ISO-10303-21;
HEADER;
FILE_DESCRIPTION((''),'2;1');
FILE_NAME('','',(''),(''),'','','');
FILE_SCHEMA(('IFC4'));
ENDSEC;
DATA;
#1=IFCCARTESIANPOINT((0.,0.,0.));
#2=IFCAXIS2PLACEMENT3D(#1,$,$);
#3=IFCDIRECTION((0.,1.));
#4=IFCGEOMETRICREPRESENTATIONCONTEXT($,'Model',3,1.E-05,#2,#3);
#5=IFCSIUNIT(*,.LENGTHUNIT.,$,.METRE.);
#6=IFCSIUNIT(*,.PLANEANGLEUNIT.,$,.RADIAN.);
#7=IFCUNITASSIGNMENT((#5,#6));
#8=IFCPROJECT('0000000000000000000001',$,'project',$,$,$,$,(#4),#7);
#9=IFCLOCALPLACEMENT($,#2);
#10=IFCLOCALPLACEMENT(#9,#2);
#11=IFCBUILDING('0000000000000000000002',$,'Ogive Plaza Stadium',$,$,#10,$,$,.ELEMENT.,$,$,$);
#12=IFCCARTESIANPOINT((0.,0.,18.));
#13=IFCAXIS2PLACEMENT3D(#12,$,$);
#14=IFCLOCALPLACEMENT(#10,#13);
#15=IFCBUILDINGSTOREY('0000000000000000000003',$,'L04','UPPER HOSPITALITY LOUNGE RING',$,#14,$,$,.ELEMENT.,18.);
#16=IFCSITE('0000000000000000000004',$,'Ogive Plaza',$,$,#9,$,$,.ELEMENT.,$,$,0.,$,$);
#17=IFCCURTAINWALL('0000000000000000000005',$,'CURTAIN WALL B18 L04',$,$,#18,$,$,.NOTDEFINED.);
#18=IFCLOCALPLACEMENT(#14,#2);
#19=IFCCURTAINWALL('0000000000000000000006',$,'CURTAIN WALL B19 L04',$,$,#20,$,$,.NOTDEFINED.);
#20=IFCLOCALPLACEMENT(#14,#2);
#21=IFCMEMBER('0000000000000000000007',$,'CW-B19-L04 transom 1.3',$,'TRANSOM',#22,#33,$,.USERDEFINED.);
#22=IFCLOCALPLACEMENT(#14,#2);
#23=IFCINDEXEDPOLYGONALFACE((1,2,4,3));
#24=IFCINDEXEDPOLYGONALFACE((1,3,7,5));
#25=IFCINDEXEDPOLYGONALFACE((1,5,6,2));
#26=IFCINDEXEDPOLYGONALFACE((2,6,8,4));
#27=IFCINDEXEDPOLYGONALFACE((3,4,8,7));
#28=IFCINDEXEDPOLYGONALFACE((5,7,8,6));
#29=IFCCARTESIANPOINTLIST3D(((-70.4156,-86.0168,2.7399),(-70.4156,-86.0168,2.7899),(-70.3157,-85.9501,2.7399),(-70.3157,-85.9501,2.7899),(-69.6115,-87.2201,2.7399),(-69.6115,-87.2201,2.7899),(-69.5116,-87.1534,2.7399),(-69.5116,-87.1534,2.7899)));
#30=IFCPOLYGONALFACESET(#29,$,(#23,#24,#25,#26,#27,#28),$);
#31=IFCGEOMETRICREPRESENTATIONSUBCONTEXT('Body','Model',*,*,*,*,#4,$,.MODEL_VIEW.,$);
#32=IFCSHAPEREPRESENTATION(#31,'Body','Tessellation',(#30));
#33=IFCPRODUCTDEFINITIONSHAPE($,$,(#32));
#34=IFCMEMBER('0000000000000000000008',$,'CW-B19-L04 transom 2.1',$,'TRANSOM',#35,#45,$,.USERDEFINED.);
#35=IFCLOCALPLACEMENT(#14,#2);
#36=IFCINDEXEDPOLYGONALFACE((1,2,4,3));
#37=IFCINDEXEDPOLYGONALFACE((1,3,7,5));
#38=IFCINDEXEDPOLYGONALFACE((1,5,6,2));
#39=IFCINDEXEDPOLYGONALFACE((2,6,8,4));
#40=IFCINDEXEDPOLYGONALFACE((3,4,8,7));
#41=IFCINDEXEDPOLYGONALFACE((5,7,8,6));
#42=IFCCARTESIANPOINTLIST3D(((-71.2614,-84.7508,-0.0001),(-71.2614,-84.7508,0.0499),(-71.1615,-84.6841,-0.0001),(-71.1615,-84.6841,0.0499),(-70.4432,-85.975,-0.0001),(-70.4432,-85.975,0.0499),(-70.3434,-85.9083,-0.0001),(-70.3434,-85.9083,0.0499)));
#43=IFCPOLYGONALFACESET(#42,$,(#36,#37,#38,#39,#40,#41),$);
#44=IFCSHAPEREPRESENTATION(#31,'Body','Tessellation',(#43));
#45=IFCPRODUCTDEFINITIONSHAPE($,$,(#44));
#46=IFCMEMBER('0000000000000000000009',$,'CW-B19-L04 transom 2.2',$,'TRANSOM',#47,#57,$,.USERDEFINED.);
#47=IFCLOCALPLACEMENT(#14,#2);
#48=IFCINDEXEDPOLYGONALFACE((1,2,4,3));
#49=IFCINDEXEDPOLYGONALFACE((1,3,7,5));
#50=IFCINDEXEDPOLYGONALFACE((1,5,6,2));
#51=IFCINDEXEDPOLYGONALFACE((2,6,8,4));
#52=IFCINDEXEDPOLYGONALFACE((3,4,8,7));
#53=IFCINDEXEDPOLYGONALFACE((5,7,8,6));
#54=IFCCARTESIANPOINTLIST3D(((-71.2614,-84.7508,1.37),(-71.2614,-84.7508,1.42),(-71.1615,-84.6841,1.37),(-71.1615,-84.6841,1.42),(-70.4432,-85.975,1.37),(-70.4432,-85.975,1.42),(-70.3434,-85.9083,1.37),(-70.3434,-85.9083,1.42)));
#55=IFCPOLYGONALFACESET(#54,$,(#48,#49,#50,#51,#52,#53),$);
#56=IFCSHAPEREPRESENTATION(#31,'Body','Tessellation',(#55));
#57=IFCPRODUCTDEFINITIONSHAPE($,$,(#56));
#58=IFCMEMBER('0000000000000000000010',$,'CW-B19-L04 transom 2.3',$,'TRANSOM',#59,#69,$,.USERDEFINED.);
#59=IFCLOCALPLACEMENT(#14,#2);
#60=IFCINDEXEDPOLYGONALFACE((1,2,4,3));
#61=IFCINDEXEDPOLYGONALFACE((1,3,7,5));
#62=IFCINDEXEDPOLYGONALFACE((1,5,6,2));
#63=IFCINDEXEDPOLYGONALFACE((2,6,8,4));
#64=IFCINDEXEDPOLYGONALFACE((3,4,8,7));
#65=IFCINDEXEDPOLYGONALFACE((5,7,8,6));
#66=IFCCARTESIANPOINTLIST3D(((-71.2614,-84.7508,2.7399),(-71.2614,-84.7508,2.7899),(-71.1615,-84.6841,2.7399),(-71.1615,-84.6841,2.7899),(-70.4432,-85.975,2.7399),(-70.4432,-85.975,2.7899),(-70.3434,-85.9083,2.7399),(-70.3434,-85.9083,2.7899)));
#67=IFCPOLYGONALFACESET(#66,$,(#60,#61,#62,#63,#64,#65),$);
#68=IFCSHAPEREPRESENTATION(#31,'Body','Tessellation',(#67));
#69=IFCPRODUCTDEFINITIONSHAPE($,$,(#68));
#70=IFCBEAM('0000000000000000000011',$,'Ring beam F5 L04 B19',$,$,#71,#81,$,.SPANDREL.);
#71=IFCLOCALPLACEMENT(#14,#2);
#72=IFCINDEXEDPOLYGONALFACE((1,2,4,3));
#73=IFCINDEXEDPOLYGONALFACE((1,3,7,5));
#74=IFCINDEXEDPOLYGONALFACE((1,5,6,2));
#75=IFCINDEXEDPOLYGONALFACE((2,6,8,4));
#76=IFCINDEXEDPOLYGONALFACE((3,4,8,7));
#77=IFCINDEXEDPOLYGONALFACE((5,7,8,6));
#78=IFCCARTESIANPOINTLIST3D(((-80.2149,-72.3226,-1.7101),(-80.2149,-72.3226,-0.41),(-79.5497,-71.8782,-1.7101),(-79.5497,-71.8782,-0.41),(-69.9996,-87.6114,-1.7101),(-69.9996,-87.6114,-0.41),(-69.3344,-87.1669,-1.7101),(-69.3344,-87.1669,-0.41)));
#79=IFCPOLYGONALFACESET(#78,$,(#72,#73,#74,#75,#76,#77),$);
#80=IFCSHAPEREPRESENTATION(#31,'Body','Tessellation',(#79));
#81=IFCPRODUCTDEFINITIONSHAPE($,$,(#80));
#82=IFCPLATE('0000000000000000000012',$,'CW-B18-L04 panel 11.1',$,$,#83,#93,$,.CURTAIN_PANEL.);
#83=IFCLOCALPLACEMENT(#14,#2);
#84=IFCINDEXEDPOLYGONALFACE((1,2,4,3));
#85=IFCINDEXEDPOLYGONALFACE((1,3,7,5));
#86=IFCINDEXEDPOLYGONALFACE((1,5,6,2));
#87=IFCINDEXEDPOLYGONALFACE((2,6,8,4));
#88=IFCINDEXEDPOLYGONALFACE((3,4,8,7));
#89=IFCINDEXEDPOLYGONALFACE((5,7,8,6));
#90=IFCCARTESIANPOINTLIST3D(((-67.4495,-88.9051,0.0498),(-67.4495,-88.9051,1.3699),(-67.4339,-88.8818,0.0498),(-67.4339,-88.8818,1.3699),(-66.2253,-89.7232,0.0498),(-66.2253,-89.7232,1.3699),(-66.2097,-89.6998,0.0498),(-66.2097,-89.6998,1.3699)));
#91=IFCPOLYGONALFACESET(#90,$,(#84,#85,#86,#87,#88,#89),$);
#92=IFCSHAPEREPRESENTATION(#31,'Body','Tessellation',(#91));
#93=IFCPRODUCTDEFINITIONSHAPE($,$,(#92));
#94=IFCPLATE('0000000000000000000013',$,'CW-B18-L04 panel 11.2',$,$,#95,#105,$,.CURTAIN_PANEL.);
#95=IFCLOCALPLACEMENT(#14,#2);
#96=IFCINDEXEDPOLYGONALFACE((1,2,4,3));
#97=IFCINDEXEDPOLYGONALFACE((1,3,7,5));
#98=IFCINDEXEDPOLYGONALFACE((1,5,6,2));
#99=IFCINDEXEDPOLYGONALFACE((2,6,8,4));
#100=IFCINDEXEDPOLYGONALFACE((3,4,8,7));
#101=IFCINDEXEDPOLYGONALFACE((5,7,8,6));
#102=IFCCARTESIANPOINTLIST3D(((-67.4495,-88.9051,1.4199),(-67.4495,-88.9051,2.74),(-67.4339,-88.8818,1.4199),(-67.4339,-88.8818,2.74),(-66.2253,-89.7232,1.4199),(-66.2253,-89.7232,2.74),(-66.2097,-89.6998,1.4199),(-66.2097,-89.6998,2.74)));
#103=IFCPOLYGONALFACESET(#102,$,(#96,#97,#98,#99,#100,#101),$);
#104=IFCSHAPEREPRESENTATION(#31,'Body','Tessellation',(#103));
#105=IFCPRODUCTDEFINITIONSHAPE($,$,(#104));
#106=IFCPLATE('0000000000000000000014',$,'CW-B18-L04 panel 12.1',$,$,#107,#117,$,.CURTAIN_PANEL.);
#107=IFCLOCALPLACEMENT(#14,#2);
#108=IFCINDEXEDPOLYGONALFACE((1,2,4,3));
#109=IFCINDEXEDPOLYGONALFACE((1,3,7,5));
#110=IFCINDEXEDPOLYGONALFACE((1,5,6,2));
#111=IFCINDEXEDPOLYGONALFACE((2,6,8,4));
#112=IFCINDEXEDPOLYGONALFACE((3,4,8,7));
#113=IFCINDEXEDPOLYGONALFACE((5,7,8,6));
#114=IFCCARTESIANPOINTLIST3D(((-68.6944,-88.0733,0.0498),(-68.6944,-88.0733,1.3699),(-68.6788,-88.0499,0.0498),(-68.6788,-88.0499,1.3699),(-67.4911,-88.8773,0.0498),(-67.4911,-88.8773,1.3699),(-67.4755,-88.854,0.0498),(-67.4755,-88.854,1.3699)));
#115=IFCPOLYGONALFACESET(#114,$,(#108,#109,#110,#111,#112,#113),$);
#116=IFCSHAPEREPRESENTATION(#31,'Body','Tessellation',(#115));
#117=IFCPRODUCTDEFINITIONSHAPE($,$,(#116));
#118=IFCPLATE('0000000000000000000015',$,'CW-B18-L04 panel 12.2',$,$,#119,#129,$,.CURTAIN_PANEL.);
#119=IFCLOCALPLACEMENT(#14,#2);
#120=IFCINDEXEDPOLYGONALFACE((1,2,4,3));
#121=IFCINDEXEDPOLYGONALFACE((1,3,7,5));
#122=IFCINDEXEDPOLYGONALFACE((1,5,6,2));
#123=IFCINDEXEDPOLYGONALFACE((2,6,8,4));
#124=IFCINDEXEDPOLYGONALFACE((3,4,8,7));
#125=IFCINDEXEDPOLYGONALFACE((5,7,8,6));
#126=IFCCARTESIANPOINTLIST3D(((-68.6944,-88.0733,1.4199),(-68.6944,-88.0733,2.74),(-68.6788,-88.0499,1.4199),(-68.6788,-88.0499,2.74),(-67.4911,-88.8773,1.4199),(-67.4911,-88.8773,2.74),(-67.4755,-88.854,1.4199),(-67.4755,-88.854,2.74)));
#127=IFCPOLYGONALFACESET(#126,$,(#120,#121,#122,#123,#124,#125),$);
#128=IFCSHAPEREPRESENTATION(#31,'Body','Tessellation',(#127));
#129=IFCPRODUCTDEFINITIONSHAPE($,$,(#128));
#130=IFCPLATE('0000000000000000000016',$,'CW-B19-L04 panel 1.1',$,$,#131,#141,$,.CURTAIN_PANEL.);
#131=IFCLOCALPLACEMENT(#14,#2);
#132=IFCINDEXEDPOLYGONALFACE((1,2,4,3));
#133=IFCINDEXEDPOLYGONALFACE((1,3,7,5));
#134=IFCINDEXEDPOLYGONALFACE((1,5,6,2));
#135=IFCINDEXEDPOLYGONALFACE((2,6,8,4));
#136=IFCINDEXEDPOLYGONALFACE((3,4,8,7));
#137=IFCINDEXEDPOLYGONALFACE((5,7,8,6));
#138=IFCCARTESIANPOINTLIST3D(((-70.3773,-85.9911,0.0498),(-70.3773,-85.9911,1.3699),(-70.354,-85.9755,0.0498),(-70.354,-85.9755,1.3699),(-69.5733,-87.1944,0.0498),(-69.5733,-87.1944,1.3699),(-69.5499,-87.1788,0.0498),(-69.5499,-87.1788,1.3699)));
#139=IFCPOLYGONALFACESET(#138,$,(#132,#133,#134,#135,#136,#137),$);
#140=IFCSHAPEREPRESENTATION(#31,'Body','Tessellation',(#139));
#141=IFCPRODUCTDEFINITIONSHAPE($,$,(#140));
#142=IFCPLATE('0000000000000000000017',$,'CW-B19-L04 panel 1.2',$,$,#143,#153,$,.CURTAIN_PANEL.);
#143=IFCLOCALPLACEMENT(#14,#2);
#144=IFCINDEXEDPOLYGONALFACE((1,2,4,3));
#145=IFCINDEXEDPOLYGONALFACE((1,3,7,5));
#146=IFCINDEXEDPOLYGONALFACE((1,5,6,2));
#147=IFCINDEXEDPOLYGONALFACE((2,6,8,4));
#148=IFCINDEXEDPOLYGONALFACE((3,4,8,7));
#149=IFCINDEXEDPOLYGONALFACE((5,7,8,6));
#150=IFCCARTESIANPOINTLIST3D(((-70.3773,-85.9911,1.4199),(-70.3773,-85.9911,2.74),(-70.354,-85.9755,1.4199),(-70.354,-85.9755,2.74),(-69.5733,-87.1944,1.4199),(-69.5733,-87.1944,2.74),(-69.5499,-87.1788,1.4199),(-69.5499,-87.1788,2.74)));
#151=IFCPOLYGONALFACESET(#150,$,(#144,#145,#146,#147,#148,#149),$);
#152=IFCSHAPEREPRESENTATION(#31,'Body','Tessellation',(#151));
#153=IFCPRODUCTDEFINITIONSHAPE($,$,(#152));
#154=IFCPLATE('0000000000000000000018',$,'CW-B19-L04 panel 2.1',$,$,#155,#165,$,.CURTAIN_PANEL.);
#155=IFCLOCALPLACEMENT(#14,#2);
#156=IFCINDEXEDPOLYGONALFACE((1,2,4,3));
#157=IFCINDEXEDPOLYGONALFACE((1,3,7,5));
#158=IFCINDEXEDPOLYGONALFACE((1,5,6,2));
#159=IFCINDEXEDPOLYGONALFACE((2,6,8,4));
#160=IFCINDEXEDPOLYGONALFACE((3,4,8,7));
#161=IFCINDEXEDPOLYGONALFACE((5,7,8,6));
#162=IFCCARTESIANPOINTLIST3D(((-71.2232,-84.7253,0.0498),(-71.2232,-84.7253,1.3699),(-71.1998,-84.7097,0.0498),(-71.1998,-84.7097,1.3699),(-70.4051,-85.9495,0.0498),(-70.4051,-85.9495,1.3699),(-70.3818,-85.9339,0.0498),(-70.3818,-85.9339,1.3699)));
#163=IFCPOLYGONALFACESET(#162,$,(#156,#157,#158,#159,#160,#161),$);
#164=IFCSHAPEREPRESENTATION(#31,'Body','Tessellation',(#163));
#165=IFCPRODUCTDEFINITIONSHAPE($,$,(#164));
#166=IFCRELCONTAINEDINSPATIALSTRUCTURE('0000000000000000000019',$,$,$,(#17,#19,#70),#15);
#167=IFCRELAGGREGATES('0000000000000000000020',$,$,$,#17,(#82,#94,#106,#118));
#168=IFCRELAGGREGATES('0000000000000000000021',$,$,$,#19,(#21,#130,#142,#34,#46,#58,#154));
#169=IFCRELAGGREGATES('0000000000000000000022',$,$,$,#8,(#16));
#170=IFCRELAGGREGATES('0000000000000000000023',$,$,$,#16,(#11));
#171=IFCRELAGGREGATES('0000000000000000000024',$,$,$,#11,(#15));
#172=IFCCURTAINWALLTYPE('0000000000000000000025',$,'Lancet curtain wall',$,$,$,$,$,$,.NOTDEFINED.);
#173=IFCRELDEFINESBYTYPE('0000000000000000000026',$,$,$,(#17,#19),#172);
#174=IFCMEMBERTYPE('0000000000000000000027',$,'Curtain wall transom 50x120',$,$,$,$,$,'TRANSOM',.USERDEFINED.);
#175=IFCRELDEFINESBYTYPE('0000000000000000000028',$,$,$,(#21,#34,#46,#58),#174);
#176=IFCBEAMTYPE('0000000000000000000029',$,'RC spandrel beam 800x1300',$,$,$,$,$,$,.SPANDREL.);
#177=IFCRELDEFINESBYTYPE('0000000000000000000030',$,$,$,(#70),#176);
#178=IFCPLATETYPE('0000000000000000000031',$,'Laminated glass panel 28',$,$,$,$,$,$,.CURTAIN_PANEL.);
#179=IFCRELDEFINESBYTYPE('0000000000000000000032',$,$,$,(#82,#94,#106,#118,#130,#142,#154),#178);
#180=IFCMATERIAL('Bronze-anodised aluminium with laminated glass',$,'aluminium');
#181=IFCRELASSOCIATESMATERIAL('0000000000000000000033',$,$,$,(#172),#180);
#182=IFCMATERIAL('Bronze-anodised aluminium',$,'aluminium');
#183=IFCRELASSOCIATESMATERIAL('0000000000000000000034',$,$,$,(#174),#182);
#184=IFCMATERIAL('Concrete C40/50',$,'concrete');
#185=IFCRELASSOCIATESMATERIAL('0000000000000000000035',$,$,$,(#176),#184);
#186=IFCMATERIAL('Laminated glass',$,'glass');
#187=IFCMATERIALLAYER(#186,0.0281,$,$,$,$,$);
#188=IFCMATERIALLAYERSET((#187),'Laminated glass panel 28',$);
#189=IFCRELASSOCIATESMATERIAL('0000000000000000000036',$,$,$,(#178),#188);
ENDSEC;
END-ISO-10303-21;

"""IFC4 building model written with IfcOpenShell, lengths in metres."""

from ifc_helpers import new_model, si_unit, direction, frame, origin, origin_2d, place, context, subcontext, project, spatial, rectangle, extrude, material, layer, layer_set, material_profile, profile_set, type_object, element, aggregate, save


model = new_model("IFC4")

# Units and contexts
model_context = context("Model", 3, precision=1e-05, world=origin(), true_north=direction((0.0, 1.0)))
body_context = subcontext(model_context, "Body", "Model", "MODEL_VIEW")
ifc_project = project(units=[si_unit("LENGTHUNIT", "METRE"), si_unit("PLANEANGLEUNIT", "RADIAN")], contexts=[model_context])

# Site, building, storey
site_placement = place(None, origin())
site = spatial("IfcSite", under=ifc_project, at=site_placement, Name="Ogive Plaza", CompositionType="ELEMENT", RefElevation=0.0)
building_placement = place(site_placement, origin())
building = spatial("IfcBuilding", under=site, at=building_placement, Name="Ogive Plaza Stadium", CompositionType="ELEMENT")
storey_placement = place(building_placement, frame((0.0, 0.0, 18.0)))
storey = spatial("IfcBuildingStorey", under=building, at=storey_placement, Name="L04", Description="UPPER HOSPITALITY LOUNGE RING", CompositionType="ELEMENT", Elevation=18.0)

# Curtain walls
ifc_material_1 = material(Name="Bronze-anodised aluminium with laminated glass", Category="aluminium")
curtain_wall_type = type_object("IfcCurtainWallType", Name="Lancet curtain wall", PredefinedType="NOTDEFINED", material=ifc_material_1)
curtain_wall_1_placement = place(storey_placement, origin())
curtain_wall_1 = element("IfcCurtainWall", 1, at=curtain_wall_1_placement, inside=storey, type_object=curtain_wall_type, Name="CURTAIN WALL B18 L04", PredefinedType="NOTDEFINED")
curtain_wall_2_placement = place(storey_placement, origin())
curtain_wall_2 = element("IfcCurtainWall", 2, at=curtain_wall_2_placement, inside=storey, type_object=curtain_wall_type, Name="CURTAIN WALL B19 L04", PredefinedType="NOTDEFINED")

# Members
ifc_material_2 = material(Name="Bronze-anodised aluminium", Category="aluminium")
ifc_material_profile_1 = material_profile(ifc_material_2, rectangle(XDim=0.1201, YDim=0.05, at=origin_2d()), Name="AL 120x50")
ifc_profile_set_1 = profile_set([ifc_material_profile_1], Name="Bronze-anodised aluminium")
member_type_1 = type_object("IfcMemberType", Name="Curtain wall transom 50x120", ElementType="TRANSOM", PredefinedType="USERDEFINED", material=ifc_profile_set_1)
member_1_placement = place(storey_placement, frame((-69.5615, -87.1868, 2.7649), z_axis=(-0.555634, 0.831427, 0.0), x_axis=(-0.831427, -0.555634, 0.0)))
member_1 = element("IfcMember", 3, at=member_1_placement, type_object=member_type_1, Name="CW-B19-L04 transom 1.3", ObjectType="TRANSOM", PredefinedType="USERDEFINED", context=body_context, shape_type="SweptSolid", body=[
    extrude(rectangle(XDim=0.1201, YDim=0.05, at=origin_2d()), origin(), (0.0, 0.0, 1.0), 1.4473),
])
member_2_placement = place(storey_placement, frame((-70.3933, -85.9417, 0.0249), z_axis=(-0.555656, 0.831412, 0.0), x_axis=(-0.831412, -0.555656, 0.0)))
member_2 = element("IfcMember", 4, at=member_2_placement, type_object=member_type_1, Name="CW-B19-L04 transom 2.1", ObjectType="TRANSOM", PredefinedType="USERDEFINED", context=body_context, shape_type="SweptSolid", body=[
    extrude(rectangle(XDim=0.1201, YDim=0.05, at=origin_2d()), origin(), (0.0, 0.0, 1.0), 1.4724),
])
member_3_placement = place(storey_placement, frame((-70.3933, -85.9417, 1.395), z_axis=(-0.555656, 0.831412, 0.0), x_axis=(-0.831412, -0.555656, 0.0)))
member_3 = element("IfcMember", 5, at=member_3_placement, type_object=member_type_1, Name="CW-B19-L04 transom 2.2", ObjectType="TRANSOM", PredefinedType="USERDEFINED", context=body_context, shape_type="SweptSolid", body=[
    extrude(rectangle(XDim=0.1201, YDim=0.05, at=origin_2d()), origin(), (0.0, 0.0, 1.0), 1.4724),
])
member_4_placement = place(storey_placement, frame((-70.3933, -85.9417, 2.7649), z_axis=(-0.555656, 0.831412, 0.0), x_axis=(-0.831412, -0.555656, 0.0)))
member_4 = element("IfcMember", 6, at=member_4_placement, type_object=member_type_1, Name="CW-B19-L04 transom 2.3", ObjectType="TRANSOM", PredefinedType="USERDEFINED", context=body_context, shape_type="SweptSolid", body=[
    extrude(rectangle(XDim=0.1201, YDim=0.05, at=origin_2d()), origin(), (0.0, 0.0, 1.0), 1.4724),
])

# Beam
ifc_material_3 = material(Name="Concrete C40/50", Category="concrete")
ifc_material_profile_2 = material_profile(ifc_material_3, rectangle(XDim=0.8, YDim=1.3, at=origin_2d()), Name="RC 800x1300")
ifc_profile_set_2 = profile_set([ifc_material_profile_2], Name="Concrete C40/50")
beam_type = type_object("IfcBeamType", Name="RC spandrel beam 800x1300", PredefinedType="SPANDREL", material=ifc_profile_set_2)
beam_placement = place(storey_placement, frame((-69.667, -87.3892, -1.0601), z_axis=(-0.555558, 0.831478, 0.0), x_axis=(-0.831478, -0.555558, 0.0)))
element("IfcBeam", 7, at=beam_placement, inside=storey, type_object=beam_type, Name="Ring beam F5 L04 B19", PredefinedType="SPANDREL", context=body_context, shape_type="SweptSolid", body=[
    extrude(rectangle(XDim=0.8, YDim=1.3, at=origin_2d()), origin(), (0.0, 0.0, 1.0), 18.3875),
])

# Plates
ifc_material_4 = material(Name="Laminated glass", Category="glass")
ifc_layer = layer(ifc_material_4, 0.0281)
ifc_layer_set = layer_set([ifc_layer], Name="Laminated glass panel 28")
plate_type = type_object("IfcPlateType", Name="Laminated glass panel 28", PredefinedType="CURTAIN_PANEL", material=ifc_layer_set)
plate_1_placement = place(storey_placement, frame((-66.8296, -89.3025, 0.0498), z_axis=(0.0, 0.0, 1.0), x_axis=(-0.83147, 0.55557, 0.0)))
plate_1 = element("IfcPlate", 8, at=plate_1_placement, type_object=plate_type, Name="CW-B18-L04 panel 11.1", PredefinedType="CURTAIN_PANEL", context=body_context, shape_type="SweptSolid", body=[
    extrude(rectangle(XDim=1.4724, YDim=0.0281, at=origin_2d()), origin(), (0.0, 0.0, 1.0), 1.3201),
])
plate_2_placement = place(storey_placement, frame((-66.8296, -89.3025, 1.4199), z_axis=(0.0, 0.0, 1.0), x_axis=(-0.83147, 0.55557, 0.0)))
plate_2 = element("IfcPlate", 9, at=plate_2_placement, type_object=plate_type, Name="CW-B18-L04 panel 11.2", PredefinedType="CURTAIN_PANEL", context=body_context, shape_type="SweptSolid", body=[
    extrude(rectangle(XDim=1.4724, YDim=0.0281, at=origin_2d()), origin(), (0.0, 0.0, 1.0), 1.3201),
])
plate_3_placement = place(storey_placement, frame((-68.085, -88.4636, 0.0498), z_axis=(0.0, 0.0, 1.0), x_axis=(-0.83147, 0.55557, 0.0)))
plate_3 = element("IfcPlate", 10, at=plate_3_placement, type_object=plate_type, Name="CW-B18-L04 panel 12.1", PredefinedType="CURTAIN_PANEL", context=body_context, shape_type="SweptSolid", body=[
    extrude(rectangle(XDim=1.4473, YDim=0.0281, at=origin_2d()), origin(), (0.0, 0.0, 1.0), 1.3201),
])
plate_4_placement = place(storey_placement, frame((-68.085, -88.4636, 1.4199), z_axis=(0.0, 0.0, 1.0), x_axis=(-0.83147, 0.55557, 0.0)))
plate_4 = element("IfcPlate", 11, at=plate_4_placement, type_object=plate_type, Name="CW-B18-L04 panel 12.2", PredefinedType="CURTAIN_PANEL", context=body_context, shape_type="SweptSolid", body=[
    extrude(rectangle(XDim=1.4473, YDim=0.0281, at=origin_2d()), origin(), (0.0, 0.0, 1.0), 1.3201),
])
aggregate(curtain_wall_1, [plate_1, plate_2, plate_3, plate_4])
plate_5_placement = place(storey_placement, frame((-69.9636, -86.585, 0.0498), z_axis=(0.0, 0.0, 1.0), x_axis=(-0.55557, 0.83147, 0.0)))
plate_5 = element("IfcPlate", 12, at=plate_5_placement, type_object=plate_type, Name="CW-B19-L04 panel 1.1", PredefinedType="CURTAIN_PANEL", context=body_context, shape_type="SweptSolid", body=[
    extrude(rectangle(XDim=1.4473, YDim=0.0281, at=origin_2d()), origin(), (0.0, 0.0, 1.0), 1.3201),
])
plate_6_placement = place(storey_placement, frame((-69.9636, -86.585, 1.4199), z_axis=(0.0, 0.0, 1.0), x_axis=(-0.55557, 0.83147, 0.0)))
plate_6 = element("IfcPlate", 13, at=plate_6_placement, type_object=plate_type, Name="CW-B19-L04 panel 1.2", PredefinedType="CURTAIN_PANEL", context=body_context, shape_type="SweptSolid", body=[
    extrude(rectangle(XDim=1.4473, YDim=0.0281, at=origin_2d()), origin(), (0.0, 0.0, 1.0), 1.3201),
])
plate_7_placement = place(storey_placement, frame((-70.8025, -85.3296, 0.0498), z_axis=(0.0, 0.0, 1.0), x_axis=(-0.55557, 0.83147, 0.0)))
plate_7 = element("IfcPlate", 14, at=plate_7_placement, type_object=plate_type, Name="CW-B19-L04 panel 2.1", PredefinedType="CURTAIN_PANEL", context=body_context, shape_type="SweptSolid", body=[
    extrude(rectangle(XDim=1.4724, YDim=0.0281, at=origin_2d()), origin(), (0.0, 0.0, 1.0), 1.3201),
])
aggregate(curtain_wall_2, [member_1, plate_5, plate_6, member_2, member_3, member_4, plate_7])

save(model, "model.ifc")
